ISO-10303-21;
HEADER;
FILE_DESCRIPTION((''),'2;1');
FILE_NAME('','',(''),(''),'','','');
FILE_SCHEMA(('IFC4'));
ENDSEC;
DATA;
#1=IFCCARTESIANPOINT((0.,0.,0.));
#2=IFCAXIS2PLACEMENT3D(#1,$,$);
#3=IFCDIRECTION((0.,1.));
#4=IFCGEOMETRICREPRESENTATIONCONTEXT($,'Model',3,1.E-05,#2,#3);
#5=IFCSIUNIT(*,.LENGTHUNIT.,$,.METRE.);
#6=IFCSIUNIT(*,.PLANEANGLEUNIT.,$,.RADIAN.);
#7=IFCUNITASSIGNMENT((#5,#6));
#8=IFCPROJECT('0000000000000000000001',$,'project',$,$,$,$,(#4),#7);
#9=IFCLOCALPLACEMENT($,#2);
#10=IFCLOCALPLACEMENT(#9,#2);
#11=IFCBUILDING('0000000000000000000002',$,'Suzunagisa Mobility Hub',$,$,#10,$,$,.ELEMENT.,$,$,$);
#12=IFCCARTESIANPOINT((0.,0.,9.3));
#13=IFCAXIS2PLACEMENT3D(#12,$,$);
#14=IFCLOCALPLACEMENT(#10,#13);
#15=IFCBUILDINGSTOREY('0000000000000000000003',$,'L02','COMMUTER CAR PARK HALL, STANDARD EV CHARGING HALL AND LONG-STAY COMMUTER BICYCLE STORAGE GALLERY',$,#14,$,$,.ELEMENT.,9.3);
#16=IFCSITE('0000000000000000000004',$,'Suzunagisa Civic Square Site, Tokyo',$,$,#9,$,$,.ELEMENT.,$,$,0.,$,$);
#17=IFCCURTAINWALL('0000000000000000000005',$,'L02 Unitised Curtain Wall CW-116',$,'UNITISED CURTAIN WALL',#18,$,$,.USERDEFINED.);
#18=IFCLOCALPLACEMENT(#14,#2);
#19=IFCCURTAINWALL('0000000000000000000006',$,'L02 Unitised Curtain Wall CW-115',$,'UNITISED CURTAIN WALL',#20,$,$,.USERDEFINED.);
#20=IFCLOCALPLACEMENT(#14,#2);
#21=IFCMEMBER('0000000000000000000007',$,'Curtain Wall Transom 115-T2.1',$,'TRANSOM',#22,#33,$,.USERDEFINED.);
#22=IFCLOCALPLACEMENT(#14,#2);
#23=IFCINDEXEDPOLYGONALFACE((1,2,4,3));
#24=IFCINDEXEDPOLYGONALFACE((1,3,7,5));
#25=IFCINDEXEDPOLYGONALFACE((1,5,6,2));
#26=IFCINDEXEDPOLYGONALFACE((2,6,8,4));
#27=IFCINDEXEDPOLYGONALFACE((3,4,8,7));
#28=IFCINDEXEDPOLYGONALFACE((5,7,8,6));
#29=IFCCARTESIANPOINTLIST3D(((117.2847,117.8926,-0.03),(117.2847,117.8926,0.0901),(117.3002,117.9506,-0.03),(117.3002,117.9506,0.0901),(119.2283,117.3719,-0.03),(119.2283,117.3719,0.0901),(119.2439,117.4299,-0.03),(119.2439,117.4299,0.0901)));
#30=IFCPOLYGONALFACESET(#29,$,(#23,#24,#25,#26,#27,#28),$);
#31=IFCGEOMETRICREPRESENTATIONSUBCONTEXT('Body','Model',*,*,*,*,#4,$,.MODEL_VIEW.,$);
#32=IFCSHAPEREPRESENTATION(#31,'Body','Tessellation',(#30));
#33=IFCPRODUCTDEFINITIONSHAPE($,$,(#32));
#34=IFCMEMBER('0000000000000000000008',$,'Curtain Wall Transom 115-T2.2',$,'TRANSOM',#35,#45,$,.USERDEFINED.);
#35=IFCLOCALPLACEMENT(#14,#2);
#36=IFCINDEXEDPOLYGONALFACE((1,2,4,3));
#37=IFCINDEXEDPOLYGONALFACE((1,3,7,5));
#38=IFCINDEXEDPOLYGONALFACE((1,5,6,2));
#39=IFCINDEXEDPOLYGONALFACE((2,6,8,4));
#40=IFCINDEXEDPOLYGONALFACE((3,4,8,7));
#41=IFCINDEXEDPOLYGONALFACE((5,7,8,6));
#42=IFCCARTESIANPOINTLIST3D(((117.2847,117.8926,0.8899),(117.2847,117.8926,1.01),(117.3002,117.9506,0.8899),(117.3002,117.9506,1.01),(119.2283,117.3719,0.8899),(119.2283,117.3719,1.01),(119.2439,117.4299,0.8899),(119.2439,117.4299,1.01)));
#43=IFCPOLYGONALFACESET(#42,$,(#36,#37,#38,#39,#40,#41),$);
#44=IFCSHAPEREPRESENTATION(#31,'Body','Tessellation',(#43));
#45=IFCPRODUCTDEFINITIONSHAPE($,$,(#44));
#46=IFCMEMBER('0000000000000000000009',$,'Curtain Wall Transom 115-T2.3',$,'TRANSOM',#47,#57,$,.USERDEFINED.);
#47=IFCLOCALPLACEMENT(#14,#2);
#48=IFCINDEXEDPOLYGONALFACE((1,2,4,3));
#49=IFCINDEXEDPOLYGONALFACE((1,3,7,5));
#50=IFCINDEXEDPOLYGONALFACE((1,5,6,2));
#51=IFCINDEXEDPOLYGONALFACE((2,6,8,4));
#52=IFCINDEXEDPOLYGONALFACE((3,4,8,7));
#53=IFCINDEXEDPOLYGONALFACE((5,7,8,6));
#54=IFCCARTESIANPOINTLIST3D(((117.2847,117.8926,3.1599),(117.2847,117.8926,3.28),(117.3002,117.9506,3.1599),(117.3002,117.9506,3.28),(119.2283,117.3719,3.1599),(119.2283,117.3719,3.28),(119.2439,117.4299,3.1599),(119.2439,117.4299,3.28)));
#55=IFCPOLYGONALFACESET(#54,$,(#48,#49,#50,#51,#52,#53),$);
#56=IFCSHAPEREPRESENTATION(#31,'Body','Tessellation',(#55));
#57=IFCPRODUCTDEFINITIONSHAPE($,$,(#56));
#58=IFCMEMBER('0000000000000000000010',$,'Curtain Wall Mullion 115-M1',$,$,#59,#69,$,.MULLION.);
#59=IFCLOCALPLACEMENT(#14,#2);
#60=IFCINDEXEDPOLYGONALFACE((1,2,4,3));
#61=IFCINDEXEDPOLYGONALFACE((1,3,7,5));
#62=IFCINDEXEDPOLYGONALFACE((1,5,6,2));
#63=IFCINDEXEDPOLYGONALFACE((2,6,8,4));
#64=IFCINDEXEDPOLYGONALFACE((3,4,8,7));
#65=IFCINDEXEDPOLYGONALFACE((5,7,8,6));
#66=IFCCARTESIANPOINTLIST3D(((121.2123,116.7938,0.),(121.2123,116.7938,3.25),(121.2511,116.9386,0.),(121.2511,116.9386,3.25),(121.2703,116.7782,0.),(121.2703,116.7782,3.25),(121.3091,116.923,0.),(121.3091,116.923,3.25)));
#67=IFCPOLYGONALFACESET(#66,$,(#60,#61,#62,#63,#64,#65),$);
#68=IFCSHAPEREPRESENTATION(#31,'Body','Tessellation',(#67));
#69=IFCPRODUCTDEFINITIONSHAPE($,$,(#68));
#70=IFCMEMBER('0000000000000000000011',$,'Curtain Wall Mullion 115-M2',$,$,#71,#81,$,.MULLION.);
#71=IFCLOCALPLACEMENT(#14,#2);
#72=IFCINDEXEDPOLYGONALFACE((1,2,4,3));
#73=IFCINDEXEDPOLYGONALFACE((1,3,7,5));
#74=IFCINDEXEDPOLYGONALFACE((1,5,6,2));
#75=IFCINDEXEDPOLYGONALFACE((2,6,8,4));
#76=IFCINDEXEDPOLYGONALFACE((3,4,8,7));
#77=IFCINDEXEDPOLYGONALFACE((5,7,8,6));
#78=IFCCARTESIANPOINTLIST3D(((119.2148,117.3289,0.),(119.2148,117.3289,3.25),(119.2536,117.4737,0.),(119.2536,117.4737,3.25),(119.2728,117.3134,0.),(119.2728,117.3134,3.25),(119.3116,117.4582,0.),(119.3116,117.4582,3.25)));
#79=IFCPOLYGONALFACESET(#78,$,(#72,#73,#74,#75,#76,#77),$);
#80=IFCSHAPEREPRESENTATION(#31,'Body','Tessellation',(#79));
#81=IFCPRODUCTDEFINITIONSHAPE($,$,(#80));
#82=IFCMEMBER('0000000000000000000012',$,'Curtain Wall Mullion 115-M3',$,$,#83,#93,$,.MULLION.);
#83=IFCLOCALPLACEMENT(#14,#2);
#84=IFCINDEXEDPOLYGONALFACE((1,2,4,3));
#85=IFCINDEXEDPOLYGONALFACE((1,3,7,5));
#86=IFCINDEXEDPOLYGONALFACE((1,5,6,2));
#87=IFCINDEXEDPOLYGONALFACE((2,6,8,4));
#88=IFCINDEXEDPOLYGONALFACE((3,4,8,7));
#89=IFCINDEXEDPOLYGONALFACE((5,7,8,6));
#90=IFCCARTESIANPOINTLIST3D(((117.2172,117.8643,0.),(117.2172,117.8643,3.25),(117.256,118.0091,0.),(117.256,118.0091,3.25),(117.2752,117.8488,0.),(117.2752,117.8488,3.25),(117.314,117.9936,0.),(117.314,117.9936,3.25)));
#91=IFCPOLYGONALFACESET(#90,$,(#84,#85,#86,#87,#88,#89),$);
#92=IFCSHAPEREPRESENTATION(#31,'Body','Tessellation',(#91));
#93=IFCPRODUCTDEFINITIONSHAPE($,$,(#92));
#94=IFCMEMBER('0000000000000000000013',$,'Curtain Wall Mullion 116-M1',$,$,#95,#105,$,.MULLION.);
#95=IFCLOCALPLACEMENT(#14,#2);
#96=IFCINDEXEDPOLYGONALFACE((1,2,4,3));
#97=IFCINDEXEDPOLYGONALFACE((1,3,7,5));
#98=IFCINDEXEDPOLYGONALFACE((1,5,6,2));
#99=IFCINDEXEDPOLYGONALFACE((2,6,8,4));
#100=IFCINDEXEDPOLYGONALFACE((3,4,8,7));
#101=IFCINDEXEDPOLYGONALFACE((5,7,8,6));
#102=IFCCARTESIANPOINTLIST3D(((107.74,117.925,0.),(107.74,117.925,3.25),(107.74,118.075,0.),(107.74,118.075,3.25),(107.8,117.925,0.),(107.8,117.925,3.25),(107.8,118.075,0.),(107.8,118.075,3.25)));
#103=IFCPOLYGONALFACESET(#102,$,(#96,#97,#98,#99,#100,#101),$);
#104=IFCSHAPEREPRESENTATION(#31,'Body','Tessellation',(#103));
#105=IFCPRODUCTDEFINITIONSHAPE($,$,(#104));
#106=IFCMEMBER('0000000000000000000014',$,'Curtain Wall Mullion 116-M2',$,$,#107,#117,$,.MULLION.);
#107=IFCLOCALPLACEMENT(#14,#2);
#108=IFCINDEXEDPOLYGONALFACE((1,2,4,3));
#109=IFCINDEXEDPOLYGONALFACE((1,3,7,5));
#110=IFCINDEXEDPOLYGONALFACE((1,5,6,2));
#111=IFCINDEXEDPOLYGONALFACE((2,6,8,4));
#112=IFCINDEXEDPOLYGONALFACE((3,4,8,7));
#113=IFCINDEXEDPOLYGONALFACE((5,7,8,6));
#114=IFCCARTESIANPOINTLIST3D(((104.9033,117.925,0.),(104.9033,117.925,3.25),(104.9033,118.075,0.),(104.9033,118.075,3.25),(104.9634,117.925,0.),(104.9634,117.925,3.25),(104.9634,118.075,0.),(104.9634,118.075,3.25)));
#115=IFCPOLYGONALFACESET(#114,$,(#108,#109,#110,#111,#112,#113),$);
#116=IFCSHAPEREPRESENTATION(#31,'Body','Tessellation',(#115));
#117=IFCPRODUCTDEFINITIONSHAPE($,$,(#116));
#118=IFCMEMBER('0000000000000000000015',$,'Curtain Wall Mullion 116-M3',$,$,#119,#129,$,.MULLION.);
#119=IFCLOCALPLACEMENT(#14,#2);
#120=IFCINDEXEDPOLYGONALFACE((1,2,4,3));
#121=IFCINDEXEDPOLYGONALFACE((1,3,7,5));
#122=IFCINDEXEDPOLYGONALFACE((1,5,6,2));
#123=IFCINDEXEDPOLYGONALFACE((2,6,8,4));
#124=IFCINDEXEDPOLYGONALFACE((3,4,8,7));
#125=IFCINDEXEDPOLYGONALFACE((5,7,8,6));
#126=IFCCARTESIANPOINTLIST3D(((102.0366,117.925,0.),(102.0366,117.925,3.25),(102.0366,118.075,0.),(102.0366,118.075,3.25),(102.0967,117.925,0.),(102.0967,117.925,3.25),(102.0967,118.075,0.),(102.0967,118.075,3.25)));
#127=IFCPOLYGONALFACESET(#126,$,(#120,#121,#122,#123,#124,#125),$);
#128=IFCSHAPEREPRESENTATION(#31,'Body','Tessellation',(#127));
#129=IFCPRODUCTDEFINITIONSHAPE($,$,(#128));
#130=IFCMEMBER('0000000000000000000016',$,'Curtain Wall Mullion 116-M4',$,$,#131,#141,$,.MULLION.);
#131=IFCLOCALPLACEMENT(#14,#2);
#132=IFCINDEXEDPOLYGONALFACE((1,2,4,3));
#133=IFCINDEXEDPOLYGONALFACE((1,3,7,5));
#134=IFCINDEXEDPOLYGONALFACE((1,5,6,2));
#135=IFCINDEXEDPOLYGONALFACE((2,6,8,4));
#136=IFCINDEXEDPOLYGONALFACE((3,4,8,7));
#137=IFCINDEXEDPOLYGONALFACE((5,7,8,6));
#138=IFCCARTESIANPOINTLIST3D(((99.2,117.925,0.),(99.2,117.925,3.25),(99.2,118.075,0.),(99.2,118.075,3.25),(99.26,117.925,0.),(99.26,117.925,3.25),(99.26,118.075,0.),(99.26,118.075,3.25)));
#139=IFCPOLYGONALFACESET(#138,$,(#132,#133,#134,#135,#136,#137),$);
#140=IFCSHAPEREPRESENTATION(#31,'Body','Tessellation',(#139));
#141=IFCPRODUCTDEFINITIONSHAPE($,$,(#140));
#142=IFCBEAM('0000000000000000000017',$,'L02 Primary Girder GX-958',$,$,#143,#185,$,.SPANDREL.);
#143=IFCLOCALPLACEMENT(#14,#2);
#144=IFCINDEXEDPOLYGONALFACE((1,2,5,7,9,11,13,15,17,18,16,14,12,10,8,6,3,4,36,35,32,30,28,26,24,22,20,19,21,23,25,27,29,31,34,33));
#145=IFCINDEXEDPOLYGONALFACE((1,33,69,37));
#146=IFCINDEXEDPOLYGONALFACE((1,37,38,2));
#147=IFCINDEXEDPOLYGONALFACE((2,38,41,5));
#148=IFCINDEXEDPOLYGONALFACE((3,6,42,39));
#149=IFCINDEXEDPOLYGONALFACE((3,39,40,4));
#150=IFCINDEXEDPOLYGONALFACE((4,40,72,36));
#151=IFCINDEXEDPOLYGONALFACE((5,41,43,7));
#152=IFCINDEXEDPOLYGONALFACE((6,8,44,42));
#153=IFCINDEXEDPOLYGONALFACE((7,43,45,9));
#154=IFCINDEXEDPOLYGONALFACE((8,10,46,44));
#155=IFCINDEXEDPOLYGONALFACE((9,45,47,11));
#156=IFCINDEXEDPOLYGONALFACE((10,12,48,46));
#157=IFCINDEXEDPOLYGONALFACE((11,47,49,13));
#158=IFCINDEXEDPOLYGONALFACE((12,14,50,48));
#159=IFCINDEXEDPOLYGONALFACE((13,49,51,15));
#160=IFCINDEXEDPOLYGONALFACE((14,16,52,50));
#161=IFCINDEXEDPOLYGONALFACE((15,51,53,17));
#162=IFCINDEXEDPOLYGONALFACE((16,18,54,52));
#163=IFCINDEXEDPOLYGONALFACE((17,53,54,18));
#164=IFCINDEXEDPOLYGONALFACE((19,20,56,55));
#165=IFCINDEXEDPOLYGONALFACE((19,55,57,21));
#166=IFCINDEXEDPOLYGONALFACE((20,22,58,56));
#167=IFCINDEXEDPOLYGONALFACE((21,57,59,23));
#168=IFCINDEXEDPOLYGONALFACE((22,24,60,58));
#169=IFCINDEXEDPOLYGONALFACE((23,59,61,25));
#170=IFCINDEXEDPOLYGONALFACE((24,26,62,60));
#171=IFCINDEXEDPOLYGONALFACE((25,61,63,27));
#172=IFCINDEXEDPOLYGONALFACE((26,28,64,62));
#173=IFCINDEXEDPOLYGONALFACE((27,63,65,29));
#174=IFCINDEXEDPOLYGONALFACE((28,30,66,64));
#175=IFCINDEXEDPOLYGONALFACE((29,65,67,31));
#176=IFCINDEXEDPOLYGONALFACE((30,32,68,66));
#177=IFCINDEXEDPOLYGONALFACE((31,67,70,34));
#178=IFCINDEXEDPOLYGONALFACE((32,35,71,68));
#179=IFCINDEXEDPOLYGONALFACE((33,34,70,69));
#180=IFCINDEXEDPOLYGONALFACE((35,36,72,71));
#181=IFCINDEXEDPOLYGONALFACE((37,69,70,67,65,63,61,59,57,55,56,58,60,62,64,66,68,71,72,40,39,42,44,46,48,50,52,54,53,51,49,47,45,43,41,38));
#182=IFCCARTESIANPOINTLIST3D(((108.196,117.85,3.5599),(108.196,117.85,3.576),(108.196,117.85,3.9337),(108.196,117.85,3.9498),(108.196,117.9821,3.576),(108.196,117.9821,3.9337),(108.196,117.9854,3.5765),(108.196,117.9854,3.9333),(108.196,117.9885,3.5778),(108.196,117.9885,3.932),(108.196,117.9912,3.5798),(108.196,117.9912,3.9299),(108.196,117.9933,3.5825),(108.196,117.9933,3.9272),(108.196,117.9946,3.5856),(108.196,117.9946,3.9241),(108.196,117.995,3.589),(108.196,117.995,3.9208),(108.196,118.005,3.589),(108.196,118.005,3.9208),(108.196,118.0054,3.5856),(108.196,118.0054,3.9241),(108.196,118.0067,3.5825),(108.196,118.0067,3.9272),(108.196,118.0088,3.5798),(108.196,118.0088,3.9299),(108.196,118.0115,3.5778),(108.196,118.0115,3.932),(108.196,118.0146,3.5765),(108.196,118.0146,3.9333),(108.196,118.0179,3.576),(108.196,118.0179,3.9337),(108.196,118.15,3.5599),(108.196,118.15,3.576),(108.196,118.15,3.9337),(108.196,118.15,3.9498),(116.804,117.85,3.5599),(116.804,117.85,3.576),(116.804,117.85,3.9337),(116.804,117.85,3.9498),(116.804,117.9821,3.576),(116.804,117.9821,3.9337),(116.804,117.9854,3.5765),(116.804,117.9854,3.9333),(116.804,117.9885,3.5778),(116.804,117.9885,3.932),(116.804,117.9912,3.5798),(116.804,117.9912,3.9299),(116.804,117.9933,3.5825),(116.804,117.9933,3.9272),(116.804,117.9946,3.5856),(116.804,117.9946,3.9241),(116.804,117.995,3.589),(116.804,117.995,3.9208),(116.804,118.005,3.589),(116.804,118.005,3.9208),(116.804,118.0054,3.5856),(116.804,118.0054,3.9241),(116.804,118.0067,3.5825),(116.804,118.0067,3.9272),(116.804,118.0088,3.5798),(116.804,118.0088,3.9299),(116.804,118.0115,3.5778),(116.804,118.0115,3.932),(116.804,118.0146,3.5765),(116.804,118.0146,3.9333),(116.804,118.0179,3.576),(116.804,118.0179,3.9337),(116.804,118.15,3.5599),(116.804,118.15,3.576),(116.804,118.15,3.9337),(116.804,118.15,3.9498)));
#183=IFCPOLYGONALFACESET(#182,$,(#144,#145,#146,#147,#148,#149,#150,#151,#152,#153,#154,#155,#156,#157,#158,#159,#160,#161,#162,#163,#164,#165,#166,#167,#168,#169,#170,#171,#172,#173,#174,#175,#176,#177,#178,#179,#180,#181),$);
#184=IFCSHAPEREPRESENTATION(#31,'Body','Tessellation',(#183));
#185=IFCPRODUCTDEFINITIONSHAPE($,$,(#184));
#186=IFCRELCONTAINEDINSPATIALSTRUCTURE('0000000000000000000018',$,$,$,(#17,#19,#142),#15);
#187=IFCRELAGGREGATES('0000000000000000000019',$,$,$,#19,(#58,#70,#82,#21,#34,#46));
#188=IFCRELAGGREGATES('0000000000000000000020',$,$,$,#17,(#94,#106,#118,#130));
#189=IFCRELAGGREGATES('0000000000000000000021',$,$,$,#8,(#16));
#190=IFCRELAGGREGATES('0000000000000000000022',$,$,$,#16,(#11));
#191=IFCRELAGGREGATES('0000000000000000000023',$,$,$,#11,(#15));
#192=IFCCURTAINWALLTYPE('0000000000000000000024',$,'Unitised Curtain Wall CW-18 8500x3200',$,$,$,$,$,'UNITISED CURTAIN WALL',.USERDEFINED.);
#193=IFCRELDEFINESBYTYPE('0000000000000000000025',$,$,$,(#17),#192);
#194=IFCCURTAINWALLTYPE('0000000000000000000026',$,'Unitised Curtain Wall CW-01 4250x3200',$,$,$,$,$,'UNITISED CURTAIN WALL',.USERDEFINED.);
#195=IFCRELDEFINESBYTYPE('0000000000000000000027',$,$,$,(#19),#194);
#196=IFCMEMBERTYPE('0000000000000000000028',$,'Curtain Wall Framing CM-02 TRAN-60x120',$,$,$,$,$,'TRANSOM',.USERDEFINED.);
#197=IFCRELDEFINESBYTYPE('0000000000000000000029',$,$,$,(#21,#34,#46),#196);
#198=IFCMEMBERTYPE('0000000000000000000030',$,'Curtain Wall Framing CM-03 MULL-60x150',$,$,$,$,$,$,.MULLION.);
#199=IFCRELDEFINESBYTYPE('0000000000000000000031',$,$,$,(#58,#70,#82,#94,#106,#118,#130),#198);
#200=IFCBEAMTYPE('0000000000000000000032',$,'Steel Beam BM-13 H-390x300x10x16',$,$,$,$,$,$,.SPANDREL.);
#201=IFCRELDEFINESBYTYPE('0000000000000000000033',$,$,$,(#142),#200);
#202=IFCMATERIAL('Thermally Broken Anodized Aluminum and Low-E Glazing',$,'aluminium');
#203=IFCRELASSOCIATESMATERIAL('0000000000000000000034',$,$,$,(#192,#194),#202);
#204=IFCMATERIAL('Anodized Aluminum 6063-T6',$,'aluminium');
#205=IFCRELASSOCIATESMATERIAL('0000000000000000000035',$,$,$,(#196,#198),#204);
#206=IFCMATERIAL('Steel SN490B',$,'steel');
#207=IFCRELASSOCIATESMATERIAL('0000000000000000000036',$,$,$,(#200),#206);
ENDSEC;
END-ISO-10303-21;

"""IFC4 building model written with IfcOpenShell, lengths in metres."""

from ifc_helpers import new_model, si_unit, direction, frame, origin, origin_2d, place, context, subcontext, project, spatial, rectangle, i_section, extrude, material, material_profile, profile_set, type_object, element, aggregate, save


model = new_model("IFC4")

# Units and contexts
model_context = context("Model", 3, precision=1e-05, world=origin(), true_north=direction((0.0, 1.0)))
body_context = subcontext(model_context, "Body", "Model", "MODEL_VIEW")
ifc_project = project(units=[si_unit("LENGTHUNIT", "METRE"), si_unit("PLANEANGLEUNIT", "RADIAN")], contexts=[model_context])

# Site, building, storey
site_placement = place(None, origin())
site = spatial("IfcSite", under=ifc_project, at=site_placement, Name="Suzunagisa Civic Square Site, Tokyo", CompositionType="ELEMENT", RefElevation=0.0)
building_placement = place(site_placement, origin())
building = spatial("IfcBuilding", under=site, at=building_placement, Name="Suzunagisa Mobility Hub", CompositionType="ELEMENT")
storey_placement = place(building_placement, frame((0.0, 0.0, 9.3)))
storey = spatial("IfcBuildingStorey", under=building, at=storey_placement, Name="L02", Description="COMMUTER CAR PARK HALL, STANDARD EV CHARGING HALL AND LONG-STAY COMMUTER BICYCLE STORAGE GALLERY", CompositionType="ELEMENT", Elevation=9.3)

# Shared definitions
ifc_material_1 = material(Name="Steel SN490B", Category="steel")

# Curtain walls, members
ifc_material_2 = material(Name="Thermally Broken Anodized Aluminum and Low-E Glazing", Category="aluminium")
curtain_wall_type_1 = type_object("IfcCurtainWallType", Name="Unitised Curtain Wall CW-18 8500x3200", ElementType="UNITISED CURTAIN WALL", PredefinedType="USERDEFINED", material=ifc_material_2)
curtain_wall_1_placement = place(storey_placement, origin())
curtain_wall_1 = element("IfcCurtainWall", 1, at=curtain_wall_1_placement, inside=storey, type_object=curtain_wall_type_1, Name="L02 Unitised Curtain Wall CW-116", ObjectType="UNITISED CURTAIN WALL", PredefinedType="USERDEFINED")
ifc_material_3 = material(Name="Anodized Aluminum 6063-T6", Category="aluminium")
curtain_wall_type_2 = type_object("IfcCurtainWallType", Name="Unitised Curtain Wall CW-01 4250x3200", ElementType="UNITISED CURTAIN WALL", PredefinedType="USERDEFINED", material=ifc_material_2)
curtain_wall_2_placement = place(storey_placement, origin())
curtain_wall_2 = element("IfcCurtainWall", 2, at=curtain_wall_2_placement, inside=storey, type_object=curtain_wall_type_2, Name="L02 Unitised Curtain Wall CW-115", ObjectType="UNITISED CURTAIN WALL", PredefinedType="USERDEFINED")
ifc_material_profile_1 = material_profile(ifc_material_3, rectangle(XDim=0.0601, YDim=0.1201, at=origin_2d()), Name="TRAN-60x120")
ifc_profile_set_1 = profile_set([ifc_material_profile_1], Name="Anodized Aluminum 6063-T6")
member_type_1 = type_object("IfcMemberType", Name="Curtain Wall Framing CM-02 TRAN-60x120", ElementType="TRANSOM", PredefinedType="USERDEFINED", material=ifc_profile_set_1)
member_1_placement = place(storey_placement, frame((119.2361, 117.4009, 0.03), z_axis=(-0.96593, 0.258803, 0.0), x_axis=(-0.258803, -0.96593, 0.0)))
member_1 = element("IfcMember", 3, at=member_1_placement, type_object=member_type_1, Name="Curtain Wall Transom 115-T2.1", ObjectType="TRANSOM", PredefinedType="USERDEFINED", context=body_context, shape_type="SweptSolid", body=[
    extrude(rectangle(XDim=0.0601, YDim=0.1201, at=origin_2d()), origin(), (0.0, 0.0, 1.0), 2.0122),
])
member_2_placement = place(storey_placement, frame((119.2361, 117.4009, 0.95), z_axis=(-0.96593, 0.258803, 0.0), x_axis=(-0.258803, -0.96593, 0.0)))
member_2 = element("IfcMember", 4, at=member_2_placement, type_object=member_type_1, Name="Curtain Wall Transom 115-T2.2", ObjectType="TRANSOM", PredefinedType="USERDEFINED", context=body_context, shape_type="SweptSolid", body=[
    extrude(rectangle(XDim=0.0601, YDim=0.1201, at=origin_2d()), origin(), (0.0, 0.0, 1.0), 2.0122),
])
member_3_placement = place(storey_placement, frame((119.2361, 117.4009, 3.22), z_axis=(-0.96593, 0.258803, 0.0), x_axis=(-0.258803, -0.96593, 0.0)))
member_3 = element("IfcMember", 5, at=member_3_placement, type_object=member_type_1, Name="Curtain Wall Transom 115-T2.3", ObjectType="TRANSOM", PredefinedType="USERDEFINED", context=body_context, shape_type="SweptSolid", body=[
    extrude(rectangle(XDim=0.0601, YDim=0.1201, at=origin_2d()), origin(), (0.0, 0.0, 1.0), 2.0122),
])
ifc_material_profile_2 = material_profile(ifc_material_3, rectangle(XDim=0.0601, YDim=0.1499, at=origin_2d()), Name="MULL-60x150")
ifc_profile_set_2 = profile_set([ifc_material_profile_2], Name="Anodized Aluminum 6063-T6")
member_type_2 = type_object("IfcMemberType", Name="Curtain Wall Framing CM-03 MULL-60x150", PredefinedType="MULLION", material=ifc_profile_set_2)
member_4_placement = place(storey_placement, frame((121.2607, 116.8584, 0.0), z_axis=(0.0, 0.0, 1.0), x_axis=(-0.965927, 0.258814, 0.0)))
member_4 = element("IfcMember", 6, at=member_4_placement, type_object=member_type_2, Name="Curtain Wall Mullion 115-M1", PredefinedType="MULLION", context=body_context, shape_type="SweptSolid", body=[
    extrude(rectangle(XDim=0.0601, YDim=0.1499, at=origin_2d()), origin(), (0.0, 0.0, 1.0), 3.25),
])
member_5_placement = place(storey_placement, frame((119.2632, 117.3936, 0.0), z_axis=(0.0, 0.0, 1.0), x_axis=(-0.965927, 0.258814, 0.0)))
member_5 = element("IfcMember", 7, at=member_5_placement, type_object=member_type_2, Name="Curtain Wall Mullion 115-M2", PredefinedType="MULLION", context=body_context, shape_type="SweptSolid", body=[
    extrude(rectangle(XDim=0.0601, YDim=0.1499, at=origin_2d()), origin(), (0.0, 0.0, 1.0), 3.25),
])
member_6_placement = place(storey_placement, frame((117.2656, 117.929, 0.0), z_axis=(0.0, 0.0, 1.0), x_axis=(-0.965927, 0.258814, 0.0)))
member_6 = element("IfcMember", 8, at=member_6_placement, type_object=member_type_2, Name="Curtain Wall Mullion 115-M3", PredefinedType="MULLION", context=body_context, shape_type="SweptSolid", body=[
    extrude(rectangle(XDim=0.0601, YDim=0.1499, at=origin_2d()), origin(), (0.0, 0.0, 1.0), 3.25),
])

# Members
member_7_placement = place(storey_placement, frame((107.77, 118.0, 0.0), z_axis=(0.0, 0.0, 1.0), x_axis=(-1.0, 0.0, 0.0)))
member_7 = element("IfcMember", 9, at=member_7_placement, type_object=member_type_2, Name="Curtain Wall Mullion 116-M1", PredefinedType="MULLION", context=body_context, shape_type="SweptSolid", body=[
    extrude(rectangle(XDim=0.0601, YDim=0.1499, at=origin_2d()), origin(), (0.0, 0.0, 1.0), 3.25),
])
member_8_placement = place(storey_placement, frame((104.9333, 118.0, 0.0), z_axis=(0.0, 0.0, 1.0), x_axis=(-1.0, 0.0, 0.0)))
member_8 = element("IfcMember", 10, at=member_8_placement, type_object=member_type_2, Name="Curtain Wall Mullion 116-M2", PredefinedType="MULLION", context=body_context, shape_type="SweptSolid", body=[
    extrude(rectangle(XDim=0.0601, YDim=0.1499, at=origin_2d()), origin(), (0.0, 0.0, 1.0), 3.25),
])
member_9_placement = place(storey_placement, frame((102.0667, 118.0, 0.0), z_axis=(0.0, 0.0, 1.0), x_axis=(-1.0, 0.0, 0.0)))
member_9 = element("IfcMember", 11, at=member_9_placement, type_object=member_type_2, Name="Curtain Wall Mullion 116-M3", PredefinedType="MULLION", context=body_context, shape_type="SweptSolid", body=[
    extrude(rectangle(XDim=0.0601, YDim=0.1499, at=origin_2d()), origin(), (0.0, 0.0, 1.0), 3.25),
])
member_10_placement = place(storey_placement, frame((99.23, 118.0, 0.0), z_axis=(0.0, 0.0, 1.0), x_axis=(-1.0, 0.0, 0.0)))
member_10 = element("IfcMember", 12, at=member_10_placement, type_object=member_type_2, Name="Curtain Wall Mullion 116-M4", PredefinedType="MULLION", context=body_context, shape_type="SweptSolid", body=[
    extrude(rectangle(XDim=0.0601, YDim=0.1499, at=origin_2d()), origin(), (0.0, 0.0, 1.0), 3.25),
])

# Beam
ifc_material_profile_3 = material_profile(ifc_material_1, i_section(OverallWidth=0.3, OverallDepth=0.3899, WebThickness=0.01, FlangeThickness=0.0161, FilletRadius=0.0129, at=origin_2d()), Name="H-390x300x10x16")
ifc_profile_set_3 = profile_set([ifc_material_profile_3], Name="Steel SN490B")
beam_type = type_object("IfcBeamType", Name="Steel Beam BM-13 H-390x300x10x16", PredefinedType="SPANDREL", material=ifc_profile_set_3)
beam_placement = place(storey_placement, frame((108.196, 118.0, 3.7549), z_axis=(1.0, 0.0, 0.0), x_axis=(0.0, 1.0, 0.0)))
element("IfcBeam", 13, at=beam_placement, inside=storey, type_object=beam_type, Name="L02 Primary Girder GX-958", PredefinedType="SPANDREL", context=body_context, shape_type="SweptSolid", body=[
    extrude(i_section(OverallWidth=0.3, OverallDepth=0.3899, WebThickness=0.01, FlangeThickness=0.0161, FilletRadius=0.0129, at=origin_2d()), origin(), (0.0, 0.0, 1.0), 8.6079),
])

aggregate(curtain_wall_2, [member_4, member_5, member_6, member_1, member_2, member_3])
aggregate(curtain_wall_1, [member_7, member_8, member_9, member_10])

save(model, "model.ifc")
